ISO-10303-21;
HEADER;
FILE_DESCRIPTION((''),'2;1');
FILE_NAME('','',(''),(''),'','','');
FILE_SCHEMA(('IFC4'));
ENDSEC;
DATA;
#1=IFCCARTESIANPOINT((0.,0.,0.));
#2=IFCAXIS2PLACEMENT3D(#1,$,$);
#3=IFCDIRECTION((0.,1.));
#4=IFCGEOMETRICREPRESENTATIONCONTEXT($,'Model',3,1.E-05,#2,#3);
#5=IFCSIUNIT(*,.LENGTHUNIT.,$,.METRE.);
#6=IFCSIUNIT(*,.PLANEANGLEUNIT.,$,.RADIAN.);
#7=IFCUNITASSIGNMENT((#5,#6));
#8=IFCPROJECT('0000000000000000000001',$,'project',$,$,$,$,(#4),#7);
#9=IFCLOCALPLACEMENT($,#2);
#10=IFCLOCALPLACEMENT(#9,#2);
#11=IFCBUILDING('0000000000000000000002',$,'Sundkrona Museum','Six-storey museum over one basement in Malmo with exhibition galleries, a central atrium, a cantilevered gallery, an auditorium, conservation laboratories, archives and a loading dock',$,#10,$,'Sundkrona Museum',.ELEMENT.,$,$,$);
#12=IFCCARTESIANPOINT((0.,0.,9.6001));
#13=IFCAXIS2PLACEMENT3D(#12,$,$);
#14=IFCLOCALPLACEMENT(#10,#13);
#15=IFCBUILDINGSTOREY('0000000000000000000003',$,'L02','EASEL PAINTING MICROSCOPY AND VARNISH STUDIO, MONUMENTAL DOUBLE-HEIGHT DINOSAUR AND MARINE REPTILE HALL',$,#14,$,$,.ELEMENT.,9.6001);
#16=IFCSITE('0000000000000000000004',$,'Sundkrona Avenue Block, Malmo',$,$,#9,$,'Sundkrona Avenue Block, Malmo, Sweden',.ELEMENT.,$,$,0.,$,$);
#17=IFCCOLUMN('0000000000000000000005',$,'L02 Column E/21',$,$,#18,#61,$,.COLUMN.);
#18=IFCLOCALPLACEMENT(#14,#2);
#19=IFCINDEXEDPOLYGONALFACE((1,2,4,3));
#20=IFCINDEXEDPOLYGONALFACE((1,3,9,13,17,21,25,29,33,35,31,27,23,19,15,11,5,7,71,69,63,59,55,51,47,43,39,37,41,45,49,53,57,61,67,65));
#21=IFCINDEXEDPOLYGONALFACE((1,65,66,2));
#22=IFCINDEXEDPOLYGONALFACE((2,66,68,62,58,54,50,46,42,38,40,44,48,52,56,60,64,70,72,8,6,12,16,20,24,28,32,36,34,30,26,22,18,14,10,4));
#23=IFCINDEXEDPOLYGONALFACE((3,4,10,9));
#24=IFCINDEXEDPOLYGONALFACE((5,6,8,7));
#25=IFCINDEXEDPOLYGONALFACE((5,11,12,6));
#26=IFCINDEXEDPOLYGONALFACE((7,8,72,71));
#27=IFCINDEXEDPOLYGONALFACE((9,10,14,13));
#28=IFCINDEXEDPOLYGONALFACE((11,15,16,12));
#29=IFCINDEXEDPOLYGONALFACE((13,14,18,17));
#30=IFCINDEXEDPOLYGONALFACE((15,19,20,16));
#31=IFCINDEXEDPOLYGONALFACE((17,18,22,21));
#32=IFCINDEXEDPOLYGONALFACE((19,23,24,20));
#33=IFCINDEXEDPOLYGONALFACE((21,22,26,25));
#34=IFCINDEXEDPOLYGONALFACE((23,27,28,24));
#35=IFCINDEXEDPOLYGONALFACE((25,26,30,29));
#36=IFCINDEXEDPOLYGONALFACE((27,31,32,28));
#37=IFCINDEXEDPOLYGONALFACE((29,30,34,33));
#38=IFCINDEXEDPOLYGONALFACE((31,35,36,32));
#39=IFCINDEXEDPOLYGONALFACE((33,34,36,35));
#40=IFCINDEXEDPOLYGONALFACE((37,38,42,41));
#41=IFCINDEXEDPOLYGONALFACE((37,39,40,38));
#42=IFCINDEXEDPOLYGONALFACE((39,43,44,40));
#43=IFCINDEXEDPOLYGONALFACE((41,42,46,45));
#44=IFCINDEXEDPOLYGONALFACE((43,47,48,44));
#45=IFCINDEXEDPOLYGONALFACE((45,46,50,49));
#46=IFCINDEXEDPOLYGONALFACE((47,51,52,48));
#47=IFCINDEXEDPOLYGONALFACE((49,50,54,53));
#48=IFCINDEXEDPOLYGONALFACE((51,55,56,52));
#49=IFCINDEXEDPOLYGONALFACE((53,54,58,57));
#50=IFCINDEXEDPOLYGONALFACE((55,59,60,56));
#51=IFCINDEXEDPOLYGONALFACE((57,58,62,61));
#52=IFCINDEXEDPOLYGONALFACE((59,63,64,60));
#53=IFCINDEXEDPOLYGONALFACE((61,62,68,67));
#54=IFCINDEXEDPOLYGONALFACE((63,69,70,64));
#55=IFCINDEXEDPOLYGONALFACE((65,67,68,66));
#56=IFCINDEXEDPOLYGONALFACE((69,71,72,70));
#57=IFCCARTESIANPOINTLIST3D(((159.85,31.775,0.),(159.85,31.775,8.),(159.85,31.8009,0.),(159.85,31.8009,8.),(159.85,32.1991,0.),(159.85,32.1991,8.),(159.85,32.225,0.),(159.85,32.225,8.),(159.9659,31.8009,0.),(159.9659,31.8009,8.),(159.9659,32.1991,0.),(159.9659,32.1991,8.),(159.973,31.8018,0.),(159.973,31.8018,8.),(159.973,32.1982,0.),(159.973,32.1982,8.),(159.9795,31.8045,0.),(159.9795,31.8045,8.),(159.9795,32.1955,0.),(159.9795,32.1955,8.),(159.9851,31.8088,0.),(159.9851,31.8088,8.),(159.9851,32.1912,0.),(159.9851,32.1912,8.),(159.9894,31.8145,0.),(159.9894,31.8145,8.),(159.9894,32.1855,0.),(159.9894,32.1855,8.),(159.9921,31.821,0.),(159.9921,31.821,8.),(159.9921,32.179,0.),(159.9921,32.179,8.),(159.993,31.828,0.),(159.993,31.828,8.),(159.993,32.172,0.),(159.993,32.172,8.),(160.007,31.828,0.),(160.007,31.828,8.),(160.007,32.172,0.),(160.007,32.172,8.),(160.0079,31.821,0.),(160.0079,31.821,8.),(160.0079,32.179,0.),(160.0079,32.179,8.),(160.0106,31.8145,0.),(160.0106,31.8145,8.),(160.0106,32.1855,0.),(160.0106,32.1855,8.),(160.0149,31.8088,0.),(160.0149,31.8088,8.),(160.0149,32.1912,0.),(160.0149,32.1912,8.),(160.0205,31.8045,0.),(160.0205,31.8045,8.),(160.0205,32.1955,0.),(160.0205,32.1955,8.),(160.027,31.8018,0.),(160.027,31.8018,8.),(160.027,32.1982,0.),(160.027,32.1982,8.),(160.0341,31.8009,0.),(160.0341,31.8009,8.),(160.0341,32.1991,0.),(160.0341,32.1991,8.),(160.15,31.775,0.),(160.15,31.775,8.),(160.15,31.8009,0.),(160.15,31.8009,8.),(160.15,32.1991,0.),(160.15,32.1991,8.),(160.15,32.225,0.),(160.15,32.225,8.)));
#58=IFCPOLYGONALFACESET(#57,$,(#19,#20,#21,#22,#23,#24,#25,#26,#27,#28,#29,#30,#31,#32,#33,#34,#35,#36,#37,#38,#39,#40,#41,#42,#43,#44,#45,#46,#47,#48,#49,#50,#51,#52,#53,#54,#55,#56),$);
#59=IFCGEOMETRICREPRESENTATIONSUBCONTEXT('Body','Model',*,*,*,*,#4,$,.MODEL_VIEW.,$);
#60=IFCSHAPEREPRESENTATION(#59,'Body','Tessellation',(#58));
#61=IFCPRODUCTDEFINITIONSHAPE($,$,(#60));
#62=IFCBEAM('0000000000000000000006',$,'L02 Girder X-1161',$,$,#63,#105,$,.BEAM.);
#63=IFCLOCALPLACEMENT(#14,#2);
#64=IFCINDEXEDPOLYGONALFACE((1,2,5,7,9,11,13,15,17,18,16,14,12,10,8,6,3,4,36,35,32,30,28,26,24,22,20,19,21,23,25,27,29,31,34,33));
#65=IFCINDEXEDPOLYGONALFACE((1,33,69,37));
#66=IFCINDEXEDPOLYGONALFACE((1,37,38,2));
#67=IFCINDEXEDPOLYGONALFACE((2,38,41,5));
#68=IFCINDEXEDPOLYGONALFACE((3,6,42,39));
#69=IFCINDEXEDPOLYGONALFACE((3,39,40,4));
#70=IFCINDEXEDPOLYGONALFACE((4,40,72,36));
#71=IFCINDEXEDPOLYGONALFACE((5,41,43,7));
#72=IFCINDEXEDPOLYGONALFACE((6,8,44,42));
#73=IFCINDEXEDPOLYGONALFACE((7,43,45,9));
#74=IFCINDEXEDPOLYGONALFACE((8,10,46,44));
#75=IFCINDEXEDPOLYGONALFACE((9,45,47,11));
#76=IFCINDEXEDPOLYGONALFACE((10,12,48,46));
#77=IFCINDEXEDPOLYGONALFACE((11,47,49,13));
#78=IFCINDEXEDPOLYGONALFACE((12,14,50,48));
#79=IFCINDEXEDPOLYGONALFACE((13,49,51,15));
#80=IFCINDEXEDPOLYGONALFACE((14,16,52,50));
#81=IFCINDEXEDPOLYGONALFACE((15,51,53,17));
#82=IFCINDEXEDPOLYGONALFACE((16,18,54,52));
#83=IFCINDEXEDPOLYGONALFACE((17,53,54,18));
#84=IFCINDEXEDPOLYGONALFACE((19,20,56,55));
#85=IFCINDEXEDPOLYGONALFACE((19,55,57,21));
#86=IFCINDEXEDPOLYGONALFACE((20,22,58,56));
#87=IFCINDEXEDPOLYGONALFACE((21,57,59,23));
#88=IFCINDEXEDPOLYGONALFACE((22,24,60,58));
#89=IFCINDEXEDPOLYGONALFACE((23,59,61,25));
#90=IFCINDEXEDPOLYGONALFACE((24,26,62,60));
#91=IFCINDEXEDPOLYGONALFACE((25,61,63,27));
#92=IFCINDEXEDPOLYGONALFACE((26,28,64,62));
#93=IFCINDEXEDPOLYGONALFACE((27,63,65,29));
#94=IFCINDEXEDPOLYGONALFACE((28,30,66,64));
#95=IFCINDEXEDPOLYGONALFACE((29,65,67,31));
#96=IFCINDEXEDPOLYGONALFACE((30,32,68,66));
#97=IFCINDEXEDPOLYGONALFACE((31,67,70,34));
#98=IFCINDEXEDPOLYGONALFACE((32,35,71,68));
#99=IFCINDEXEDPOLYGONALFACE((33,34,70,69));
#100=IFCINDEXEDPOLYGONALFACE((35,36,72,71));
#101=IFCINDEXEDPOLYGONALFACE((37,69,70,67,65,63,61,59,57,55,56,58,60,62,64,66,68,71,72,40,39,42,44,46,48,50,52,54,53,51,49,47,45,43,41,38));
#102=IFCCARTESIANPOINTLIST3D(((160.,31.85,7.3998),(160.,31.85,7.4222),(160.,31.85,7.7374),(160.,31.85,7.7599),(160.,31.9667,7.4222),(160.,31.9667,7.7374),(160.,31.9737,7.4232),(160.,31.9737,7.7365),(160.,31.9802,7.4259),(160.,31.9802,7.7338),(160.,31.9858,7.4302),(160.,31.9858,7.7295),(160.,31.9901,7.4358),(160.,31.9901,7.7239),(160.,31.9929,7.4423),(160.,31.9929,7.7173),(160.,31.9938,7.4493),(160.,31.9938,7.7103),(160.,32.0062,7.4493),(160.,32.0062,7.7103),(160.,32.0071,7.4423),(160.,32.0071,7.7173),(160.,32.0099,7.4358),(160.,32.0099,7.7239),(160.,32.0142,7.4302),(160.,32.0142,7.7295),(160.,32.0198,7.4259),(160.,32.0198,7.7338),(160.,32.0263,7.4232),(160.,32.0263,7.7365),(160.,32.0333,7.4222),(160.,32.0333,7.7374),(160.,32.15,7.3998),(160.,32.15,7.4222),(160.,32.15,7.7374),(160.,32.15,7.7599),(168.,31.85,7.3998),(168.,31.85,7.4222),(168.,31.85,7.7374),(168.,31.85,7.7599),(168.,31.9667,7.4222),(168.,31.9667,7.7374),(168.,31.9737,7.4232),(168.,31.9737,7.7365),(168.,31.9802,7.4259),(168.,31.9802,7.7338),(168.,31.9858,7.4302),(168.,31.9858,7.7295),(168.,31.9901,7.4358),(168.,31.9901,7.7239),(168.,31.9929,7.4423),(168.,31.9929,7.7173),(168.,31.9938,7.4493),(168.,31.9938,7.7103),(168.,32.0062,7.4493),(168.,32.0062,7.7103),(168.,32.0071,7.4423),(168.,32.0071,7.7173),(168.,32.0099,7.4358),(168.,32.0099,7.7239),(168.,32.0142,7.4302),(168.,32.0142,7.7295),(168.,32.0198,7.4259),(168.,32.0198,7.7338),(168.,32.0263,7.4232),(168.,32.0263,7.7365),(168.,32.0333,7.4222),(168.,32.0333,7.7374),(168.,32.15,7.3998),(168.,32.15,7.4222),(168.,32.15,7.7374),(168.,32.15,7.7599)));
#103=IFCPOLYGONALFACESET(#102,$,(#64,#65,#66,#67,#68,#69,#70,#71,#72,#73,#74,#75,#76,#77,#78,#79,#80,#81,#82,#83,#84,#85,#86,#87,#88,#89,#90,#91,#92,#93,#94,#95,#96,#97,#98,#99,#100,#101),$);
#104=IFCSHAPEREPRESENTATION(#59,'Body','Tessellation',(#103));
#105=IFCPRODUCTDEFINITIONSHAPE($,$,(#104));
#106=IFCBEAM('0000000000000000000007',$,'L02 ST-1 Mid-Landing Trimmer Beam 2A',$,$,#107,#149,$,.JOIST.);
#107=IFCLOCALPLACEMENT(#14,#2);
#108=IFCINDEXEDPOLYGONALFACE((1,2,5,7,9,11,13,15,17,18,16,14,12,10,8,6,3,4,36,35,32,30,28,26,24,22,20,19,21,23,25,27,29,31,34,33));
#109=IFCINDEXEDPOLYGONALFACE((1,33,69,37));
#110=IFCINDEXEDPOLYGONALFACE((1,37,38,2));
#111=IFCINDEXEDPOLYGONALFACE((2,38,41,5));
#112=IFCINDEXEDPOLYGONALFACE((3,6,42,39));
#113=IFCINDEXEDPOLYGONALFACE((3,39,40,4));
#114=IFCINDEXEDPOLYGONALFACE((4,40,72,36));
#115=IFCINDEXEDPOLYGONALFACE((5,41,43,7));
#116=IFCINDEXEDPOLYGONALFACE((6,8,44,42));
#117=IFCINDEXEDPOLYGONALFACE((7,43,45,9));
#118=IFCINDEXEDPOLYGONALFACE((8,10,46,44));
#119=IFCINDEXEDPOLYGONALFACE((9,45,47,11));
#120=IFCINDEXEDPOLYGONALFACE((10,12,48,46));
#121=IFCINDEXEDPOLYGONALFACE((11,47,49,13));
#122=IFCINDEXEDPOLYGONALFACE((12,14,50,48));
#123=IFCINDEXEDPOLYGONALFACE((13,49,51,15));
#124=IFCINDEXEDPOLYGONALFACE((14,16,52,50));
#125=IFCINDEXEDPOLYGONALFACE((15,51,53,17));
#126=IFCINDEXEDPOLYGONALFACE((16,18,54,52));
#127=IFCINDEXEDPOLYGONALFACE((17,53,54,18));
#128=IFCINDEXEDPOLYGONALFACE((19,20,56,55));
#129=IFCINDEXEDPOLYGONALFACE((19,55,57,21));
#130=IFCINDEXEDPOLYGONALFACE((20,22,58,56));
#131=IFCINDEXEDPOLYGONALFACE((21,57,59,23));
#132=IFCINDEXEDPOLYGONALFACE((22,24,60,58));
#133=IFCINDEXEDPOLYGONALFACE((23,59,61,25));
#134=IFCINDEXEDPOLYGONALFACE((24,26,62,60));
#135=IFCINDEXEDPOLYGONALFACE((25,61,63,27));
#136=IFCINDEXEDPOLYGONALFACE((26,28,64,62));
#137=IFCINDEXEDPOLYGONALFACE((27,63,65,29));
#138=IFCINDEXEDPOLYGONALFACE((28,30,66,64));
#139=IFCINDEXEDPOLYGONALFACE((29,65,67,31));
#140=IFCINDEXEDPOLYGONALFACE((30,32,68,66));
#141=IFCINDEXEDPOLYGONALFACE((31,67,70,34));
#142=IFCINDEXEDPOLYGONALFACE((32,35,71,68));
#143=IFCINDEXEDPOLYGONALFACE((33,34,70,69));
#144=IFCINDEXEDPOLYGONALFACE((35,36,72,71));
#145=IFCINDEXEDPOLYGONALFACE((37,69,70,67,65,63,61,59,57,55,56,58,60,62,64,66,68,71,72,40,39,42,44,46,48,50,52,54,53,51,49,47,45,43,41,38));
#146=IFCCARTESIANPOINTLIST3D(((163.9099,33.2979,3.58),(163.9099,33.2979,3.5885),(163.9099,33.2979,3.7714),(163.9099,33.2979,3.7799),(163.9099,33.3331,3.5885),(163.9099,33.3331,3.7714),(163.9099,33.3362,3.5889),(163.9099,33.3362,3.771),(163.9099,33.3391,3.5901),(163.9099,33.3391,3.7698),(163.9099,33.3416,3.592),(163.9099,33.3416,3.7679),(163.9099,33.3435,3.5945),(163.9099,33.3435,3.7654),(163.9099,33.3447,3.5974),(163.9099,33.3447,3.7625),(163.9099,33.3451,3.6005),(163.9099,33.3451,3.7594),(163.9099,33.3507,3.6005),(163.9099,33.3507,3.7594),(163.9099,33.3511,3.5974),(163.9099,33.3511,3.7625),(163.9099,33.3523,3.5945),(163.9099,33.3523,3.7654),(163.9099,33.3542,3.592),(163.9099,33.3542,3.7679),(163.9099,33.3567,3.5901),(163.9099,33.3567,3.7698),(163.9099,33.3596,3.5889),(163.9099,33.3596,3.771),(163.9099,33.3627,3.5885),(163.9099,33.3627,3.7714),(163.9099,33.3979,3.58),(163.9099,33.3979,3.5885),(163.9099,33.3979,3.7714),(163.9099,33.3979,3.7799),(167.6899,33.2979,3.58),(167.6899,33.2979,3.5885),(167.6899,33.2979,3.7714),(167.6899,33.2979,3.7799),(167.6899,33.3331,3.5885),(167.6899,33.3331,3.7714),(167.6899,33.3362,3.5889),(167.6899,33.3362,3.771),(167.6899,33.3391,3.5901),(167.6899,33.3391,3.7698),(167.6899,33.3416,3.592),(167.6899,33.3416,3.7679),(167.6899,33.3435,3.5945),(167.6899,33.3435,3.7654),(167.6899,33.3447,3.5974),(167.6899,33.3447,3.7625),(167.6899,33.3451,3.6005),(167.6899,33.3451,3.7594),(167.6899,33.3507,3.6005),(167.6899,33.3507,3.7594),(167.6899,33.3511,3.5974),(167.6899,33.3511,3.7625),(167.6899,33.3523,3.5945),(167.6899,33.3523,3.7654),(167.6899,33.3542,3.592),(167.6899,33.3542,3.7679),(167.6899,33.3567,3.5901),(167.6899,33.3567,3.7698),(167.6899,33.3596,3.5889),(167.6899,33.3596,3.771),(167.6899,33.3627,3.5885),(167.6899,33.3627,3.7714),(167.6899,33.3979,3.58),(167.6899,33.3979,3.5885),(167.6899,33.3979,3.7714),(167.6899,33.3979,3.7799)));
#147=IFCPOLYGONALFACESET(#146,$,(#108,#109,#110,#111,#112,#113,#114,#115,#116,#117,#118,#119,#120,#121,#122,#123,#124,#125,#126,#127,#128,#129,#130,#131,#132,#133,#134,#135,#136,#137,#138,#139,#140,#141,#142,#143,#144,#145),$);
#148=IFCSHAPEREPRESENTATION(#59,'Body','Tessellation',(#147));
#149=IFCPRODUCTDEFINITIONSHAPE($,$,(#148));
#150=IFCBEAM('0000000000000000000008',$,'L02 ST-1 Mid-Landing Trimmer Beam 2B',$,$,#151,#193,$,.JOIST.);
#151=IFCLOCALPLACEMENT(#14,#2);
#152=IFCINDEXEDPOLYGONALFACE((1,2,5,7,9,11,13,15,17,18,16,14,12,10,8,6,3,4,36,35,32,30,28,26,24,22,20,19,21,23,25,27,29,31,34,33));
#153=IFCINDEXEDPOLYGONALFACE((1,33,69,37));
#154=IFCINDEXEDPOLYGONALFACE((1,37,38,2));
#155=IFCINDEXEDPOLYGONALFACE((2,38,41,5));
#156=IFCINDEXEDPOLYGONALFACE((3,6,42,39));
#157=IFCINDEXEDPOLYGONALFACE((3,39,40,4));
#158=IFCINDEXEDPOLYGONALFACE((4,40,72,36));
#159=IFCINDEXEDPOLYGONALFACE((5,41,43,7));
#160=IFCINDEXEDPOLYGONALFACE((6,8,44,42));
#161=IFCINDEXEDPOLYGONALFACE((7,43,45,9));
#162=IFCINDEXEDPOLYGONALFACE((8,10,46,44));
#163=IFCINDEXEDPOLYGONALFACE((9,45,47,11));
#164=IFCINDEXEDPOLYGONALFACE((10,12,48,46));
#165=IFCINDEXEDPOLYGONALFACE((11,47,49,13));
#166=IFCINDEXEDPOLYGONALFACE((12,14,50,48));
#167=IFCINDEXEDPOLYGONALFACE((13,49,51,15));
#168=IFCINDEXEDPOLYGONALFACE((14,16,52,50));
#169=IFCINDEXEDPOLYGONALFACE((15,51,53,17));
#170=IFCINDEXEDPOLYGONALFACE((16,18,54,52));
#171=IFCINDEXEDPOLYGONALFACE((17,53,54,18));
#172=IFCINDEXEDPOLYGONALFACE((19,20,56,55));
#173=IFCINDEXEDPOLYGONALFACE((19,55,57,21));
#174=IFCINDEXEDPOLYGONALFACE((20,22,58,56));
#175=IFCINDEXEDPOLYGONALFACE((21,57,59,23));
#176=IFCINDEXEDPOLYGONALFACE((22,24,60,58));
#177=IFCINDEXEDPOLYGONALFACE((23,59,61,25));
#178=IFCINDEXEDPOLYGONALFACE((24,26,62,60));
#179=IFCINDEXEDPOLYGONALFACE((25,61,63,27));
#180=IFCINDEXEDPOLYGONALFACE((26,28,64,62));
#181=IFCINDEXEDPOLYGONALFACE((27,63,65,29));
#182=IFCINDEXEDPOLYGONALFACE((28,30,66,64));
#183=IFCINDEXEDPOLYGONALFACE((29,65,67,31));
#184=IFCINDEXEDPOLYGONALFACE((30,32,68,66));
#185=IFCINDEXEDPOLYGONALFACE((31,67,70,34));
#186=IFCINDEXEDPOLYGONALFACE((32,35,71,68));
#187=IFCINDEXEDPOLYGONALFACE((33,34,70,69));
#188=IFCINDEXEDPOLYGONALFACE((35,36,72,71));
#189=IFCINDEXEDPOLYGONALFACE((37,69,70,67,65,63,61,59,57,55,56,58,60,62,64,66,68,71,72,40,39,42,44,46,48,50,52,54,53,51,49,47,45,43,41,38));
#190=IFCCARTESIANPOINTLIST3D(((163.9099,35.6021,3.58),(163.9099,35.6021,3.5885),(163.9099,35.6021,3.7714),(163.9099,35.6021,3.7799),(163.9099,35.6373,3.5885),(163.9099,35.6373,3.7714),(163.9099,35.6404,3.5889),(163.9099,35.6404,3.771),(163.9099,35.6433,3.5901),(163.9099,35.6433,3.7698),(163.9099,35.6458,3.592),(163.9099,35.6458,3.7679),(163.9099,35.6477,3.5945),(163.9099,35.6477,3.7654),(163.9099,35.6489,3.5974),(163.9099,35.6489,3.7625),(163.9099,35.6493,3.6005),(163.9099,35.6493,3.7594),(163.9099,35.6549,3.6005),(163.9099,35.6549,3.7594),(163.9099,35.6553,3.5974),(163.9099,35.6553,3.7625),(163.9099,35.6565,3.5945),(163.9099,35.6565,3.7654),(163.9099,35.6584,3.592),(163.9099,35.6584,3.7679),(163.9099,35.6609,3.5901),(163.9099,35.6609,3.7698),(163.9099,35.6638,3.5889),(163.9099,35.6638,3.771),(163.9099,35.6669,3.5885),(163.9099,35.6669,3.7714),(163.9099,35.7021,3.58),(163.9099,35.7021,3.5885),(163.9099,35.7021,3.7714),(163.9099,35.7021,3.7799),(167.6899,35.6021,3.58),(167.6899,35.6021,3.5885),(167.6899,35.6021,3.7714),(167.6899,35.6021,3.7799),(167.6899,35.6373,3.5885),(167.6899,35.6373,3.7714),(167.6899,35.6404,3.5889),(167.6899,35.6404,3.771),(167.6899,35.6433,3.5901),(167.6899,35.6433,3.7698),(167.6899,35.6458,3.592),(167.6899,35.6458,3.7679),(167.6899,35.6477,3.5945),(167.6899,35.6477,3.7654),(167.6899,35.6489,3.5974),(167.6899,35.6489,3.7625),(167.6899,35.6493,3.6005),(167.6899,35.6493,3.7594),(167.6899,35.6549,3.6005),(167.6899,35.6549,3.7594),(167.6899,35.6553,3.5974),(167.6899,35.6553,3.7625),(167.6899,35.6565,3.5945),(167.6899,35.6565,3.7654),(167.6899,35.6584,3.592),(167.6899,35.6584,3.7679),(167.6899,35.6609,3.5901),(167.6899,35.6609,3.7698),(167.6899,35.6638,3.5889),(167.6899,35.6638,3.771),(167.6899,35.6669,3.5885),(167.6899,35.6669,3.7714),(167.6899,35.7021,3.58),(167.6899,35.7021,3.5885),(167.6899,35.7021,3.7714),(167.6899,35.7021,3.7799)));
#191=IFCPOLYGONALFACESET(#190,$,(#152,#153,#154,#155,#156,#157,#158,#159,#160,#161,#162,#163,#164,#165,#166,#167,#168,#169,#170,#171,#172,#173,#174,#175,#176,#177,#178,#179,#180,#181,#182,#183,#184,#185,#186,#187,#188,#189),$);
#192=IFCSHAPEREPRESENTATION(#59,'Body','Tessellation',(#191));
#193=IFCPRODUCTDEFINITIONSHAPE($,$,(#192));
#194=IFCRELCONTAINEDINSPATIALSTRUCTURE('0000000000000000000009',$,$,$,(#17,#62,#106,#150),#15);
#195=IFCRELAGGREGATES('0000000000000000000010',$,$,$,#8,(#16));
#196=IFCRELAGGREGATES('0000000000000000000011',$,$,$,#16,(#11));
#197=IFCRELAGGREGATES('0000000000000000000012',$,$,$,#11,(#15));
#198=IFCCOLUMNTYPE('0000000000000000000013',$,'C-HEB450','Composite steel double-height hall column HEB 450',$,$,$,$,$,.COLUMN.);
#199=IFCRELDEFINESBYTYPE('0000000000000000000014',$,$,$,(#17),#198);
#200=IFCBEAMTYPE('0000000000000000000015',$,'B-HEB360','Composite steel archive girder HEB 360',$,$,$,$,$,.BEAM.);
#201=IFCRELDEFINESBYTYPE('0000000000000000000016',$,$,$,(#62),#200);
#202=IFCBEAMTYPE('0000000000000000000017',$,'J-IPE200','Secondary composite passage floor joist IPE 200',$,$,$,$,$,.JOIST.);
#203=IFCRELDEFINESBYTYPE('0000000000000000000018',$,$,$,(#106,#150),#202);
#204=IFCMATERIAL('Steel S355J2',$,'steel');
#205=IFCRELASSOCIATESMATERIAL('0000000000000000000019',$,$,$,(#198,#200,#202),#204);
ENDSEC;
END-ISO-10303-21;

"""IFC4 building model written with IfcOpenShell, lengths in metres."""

from ifc_helpers import new_model, si_unit, direction, frame, origin, origin_2d, place, context, subcontext, project, spatial, i_section, extrude, material, material_profile, profile_set, type_object, element, save


model = new_model("IFC4")

# Units and contexts
model_context = context("Model", 3, precision=1e-05, world=origin(), true_north=direction((0.0, 1.0)))
body_context = subcontext(model_context, "Body", "Model", "MODEL_VIEW")
ifc_project = project(units=[si_unit("LENGTHUNIT", "METRE"), si_unit("PLANEANGLEUNIT", "RADIAN")], contexts=[model_context])

# Site, building, storey
site_placement = place(None, origin())
site = spatial("IfcSite", under=ifc_project, at=site_placement, Name="Sundkrona Avenue Block, Malmo", LongName="Sundkrona Avenue Block, Malmo, Sweden", CompositionType="ELEMENT", RefElevation=0.0)
building_placement = place(site_placement, origin())
building = spatial("IfcBuilding", under=site, at=building_placement, Name="Sundkrona Museum", Description="Six-storey museum over one basement in Malmo with exhibition galleries, a central atrium, a cantilevered gallery, an auditorium, conservation laboratories, archives and a loading dock", LongName="Sundkrona Museum", CompositionType="ELEMENT")
storey_placement = place(building_placement, frame((0.0, 0.0, 9.6001)))
storey = spatial("IfcBuildingStorey", under=building, at=storey_placement, Name="L02", Description="EASEL PAINTING MICROSCOPY AND VARNISH STUDIO, MONUMENTAL DOUBLE-HEIGHT DINOSAUR AND MARINE REPTILE HALL", CompositionType="ELEMENT", Elevation=9.6001)

# Column
ifc_material_1 = material(Name="Steel S355J2", Category="steel")
ifc_material_profile_1 = material_profile(ifc_material_1, i_section(OverallWidth=0.3, OverallDepth=0.45, WebThickness=0.0139, FlangeThickness=0.0259, FilletRadius=0.0271, at=origin_2d()), Name="HEB 450")
ifc_profile_set_1 = profile_set([ifc_material_profile_1], Name="Steel S355J2")
column_type = type_object("IfcColumnType", Name="C-HEB450", Description="Composite steel double-height hall column HEB 450", PredefinedType="COLUMN", material=ifc_profile_set_1)
column_placement = place(storey_placement, frame((160.0, 32.0, 0.0), z_axis=(0.0, 0.0, 1.0), x_axis=(1.0, 0.0, 0.0)))
element("IfcColumn", 1, at=column_placement, inside=storey, type_object=column_type, Name="L02 Column E/21", PredefinedType="COLUMN", context=body_context, shape_type="SweptSolid", body=[
    extrude(i_section(OverallWidth=0.3, OverallDepth=0.45, WebThickness=0.0139, FlangeThickness=0.0259, FilletRadius=0.0271, at=origin_2d()), origin(), (0.0, 0.0, 1.0), 8.0),
])

# Beams
ifc_material_profile_2 = material_profile(ifc_material_1, i_section(OverallWidth=0.3, OverallDepth=0.3601, WebThickness=0.0125, FlangeThickness=0.0225, FilletRadius=0.0271, at=origin_2d()), Name="HEB 360")
ifc_profile_set_2 = profile_set([ifc_material_profile_2], Name="Steel S355J2")
beam_type_1 = type_object("IfcBeamType", Name="B-HEB360", Description="Composite steel archive girder HEB 360", PredefinedType="BEAM", material=ifc_profile_set_2)
beam_placement = place(storey_placement, frame((160.0, 32.0, 7.5798), z_axis=(1.0, 0.0, 0.0), x_axis=(0.0, 1.0, 0.0)))
element("IfcBeam", 2, at=beam_placement, inside=storey, type_object=beam_type_1, Name="L02 Girder X-1161", PredefinedType="BEAM", context=body_context, shape_type="SweptSolid", body=[
    extrude(i_section(OverallWidth=0.3, OverallDepth=0.3601, WebThickness=0.0125, FlangeThickness=0.0225, FilletRadius=0.0271, at=origin_2d()), origin(), (0.0, 0.0, 1.0), 8.0),
])
ifc_material_profile_3 = material_profile(ifc_material_1, i_section(OverallWidth=0.1001, OverallDepth=0.2, WebThickness=0.0056, FlangeThickness=0.0085, FilletRadius=0.012, at=origin_2d()), Name="IPE 200")
ifc_profile_set_3 = profile_set([ifc_material_profile_3], Name="Steel S355J2")
beam_type_2 = type_object("IfcBeamType", Name="J-IPE200", Description="Secondary composite passage floor joist IPE 200", PredefinedType="JOIST", material=ifc_profile_set_3)
for number, where, z_axis, x_axis, name in (
    (3, (163.9099, 33.3479, 3.6799), (1.0, 0.0, 0.0), (0.0, 1.0, 0.0), "L02 ST-1 Mid-Landing Trimmer Beam 2A"),
    (4, (163.9099, 35.6521, 3.6799), (1.0, 0.0, 0.0), (0.0, 1.0, 0.0), "L02 ST-1 Mid-Landing Trimmer Beam 2B"),
):
    element("IfcBeam", number, at=place(storey_placement, frame(where, z_axis=z_axis, x_axis=x_axis)), inside=storey, type_object=beam_type_2, Name=name, PredefinedType="JOIST", context=body_context, shape_type="SweptSolid", body=[
        extrude(i_section(OverallWidth=0.1001, OverallDepth=0.2, WebThickness=0.0056, FlangeThickness=0.0085, FilletRadius=0.012, at=origin_2d()), origin(), (0.0, 0.0, 1.0), 3.78),
    ])

save(model, "model.ifc")
